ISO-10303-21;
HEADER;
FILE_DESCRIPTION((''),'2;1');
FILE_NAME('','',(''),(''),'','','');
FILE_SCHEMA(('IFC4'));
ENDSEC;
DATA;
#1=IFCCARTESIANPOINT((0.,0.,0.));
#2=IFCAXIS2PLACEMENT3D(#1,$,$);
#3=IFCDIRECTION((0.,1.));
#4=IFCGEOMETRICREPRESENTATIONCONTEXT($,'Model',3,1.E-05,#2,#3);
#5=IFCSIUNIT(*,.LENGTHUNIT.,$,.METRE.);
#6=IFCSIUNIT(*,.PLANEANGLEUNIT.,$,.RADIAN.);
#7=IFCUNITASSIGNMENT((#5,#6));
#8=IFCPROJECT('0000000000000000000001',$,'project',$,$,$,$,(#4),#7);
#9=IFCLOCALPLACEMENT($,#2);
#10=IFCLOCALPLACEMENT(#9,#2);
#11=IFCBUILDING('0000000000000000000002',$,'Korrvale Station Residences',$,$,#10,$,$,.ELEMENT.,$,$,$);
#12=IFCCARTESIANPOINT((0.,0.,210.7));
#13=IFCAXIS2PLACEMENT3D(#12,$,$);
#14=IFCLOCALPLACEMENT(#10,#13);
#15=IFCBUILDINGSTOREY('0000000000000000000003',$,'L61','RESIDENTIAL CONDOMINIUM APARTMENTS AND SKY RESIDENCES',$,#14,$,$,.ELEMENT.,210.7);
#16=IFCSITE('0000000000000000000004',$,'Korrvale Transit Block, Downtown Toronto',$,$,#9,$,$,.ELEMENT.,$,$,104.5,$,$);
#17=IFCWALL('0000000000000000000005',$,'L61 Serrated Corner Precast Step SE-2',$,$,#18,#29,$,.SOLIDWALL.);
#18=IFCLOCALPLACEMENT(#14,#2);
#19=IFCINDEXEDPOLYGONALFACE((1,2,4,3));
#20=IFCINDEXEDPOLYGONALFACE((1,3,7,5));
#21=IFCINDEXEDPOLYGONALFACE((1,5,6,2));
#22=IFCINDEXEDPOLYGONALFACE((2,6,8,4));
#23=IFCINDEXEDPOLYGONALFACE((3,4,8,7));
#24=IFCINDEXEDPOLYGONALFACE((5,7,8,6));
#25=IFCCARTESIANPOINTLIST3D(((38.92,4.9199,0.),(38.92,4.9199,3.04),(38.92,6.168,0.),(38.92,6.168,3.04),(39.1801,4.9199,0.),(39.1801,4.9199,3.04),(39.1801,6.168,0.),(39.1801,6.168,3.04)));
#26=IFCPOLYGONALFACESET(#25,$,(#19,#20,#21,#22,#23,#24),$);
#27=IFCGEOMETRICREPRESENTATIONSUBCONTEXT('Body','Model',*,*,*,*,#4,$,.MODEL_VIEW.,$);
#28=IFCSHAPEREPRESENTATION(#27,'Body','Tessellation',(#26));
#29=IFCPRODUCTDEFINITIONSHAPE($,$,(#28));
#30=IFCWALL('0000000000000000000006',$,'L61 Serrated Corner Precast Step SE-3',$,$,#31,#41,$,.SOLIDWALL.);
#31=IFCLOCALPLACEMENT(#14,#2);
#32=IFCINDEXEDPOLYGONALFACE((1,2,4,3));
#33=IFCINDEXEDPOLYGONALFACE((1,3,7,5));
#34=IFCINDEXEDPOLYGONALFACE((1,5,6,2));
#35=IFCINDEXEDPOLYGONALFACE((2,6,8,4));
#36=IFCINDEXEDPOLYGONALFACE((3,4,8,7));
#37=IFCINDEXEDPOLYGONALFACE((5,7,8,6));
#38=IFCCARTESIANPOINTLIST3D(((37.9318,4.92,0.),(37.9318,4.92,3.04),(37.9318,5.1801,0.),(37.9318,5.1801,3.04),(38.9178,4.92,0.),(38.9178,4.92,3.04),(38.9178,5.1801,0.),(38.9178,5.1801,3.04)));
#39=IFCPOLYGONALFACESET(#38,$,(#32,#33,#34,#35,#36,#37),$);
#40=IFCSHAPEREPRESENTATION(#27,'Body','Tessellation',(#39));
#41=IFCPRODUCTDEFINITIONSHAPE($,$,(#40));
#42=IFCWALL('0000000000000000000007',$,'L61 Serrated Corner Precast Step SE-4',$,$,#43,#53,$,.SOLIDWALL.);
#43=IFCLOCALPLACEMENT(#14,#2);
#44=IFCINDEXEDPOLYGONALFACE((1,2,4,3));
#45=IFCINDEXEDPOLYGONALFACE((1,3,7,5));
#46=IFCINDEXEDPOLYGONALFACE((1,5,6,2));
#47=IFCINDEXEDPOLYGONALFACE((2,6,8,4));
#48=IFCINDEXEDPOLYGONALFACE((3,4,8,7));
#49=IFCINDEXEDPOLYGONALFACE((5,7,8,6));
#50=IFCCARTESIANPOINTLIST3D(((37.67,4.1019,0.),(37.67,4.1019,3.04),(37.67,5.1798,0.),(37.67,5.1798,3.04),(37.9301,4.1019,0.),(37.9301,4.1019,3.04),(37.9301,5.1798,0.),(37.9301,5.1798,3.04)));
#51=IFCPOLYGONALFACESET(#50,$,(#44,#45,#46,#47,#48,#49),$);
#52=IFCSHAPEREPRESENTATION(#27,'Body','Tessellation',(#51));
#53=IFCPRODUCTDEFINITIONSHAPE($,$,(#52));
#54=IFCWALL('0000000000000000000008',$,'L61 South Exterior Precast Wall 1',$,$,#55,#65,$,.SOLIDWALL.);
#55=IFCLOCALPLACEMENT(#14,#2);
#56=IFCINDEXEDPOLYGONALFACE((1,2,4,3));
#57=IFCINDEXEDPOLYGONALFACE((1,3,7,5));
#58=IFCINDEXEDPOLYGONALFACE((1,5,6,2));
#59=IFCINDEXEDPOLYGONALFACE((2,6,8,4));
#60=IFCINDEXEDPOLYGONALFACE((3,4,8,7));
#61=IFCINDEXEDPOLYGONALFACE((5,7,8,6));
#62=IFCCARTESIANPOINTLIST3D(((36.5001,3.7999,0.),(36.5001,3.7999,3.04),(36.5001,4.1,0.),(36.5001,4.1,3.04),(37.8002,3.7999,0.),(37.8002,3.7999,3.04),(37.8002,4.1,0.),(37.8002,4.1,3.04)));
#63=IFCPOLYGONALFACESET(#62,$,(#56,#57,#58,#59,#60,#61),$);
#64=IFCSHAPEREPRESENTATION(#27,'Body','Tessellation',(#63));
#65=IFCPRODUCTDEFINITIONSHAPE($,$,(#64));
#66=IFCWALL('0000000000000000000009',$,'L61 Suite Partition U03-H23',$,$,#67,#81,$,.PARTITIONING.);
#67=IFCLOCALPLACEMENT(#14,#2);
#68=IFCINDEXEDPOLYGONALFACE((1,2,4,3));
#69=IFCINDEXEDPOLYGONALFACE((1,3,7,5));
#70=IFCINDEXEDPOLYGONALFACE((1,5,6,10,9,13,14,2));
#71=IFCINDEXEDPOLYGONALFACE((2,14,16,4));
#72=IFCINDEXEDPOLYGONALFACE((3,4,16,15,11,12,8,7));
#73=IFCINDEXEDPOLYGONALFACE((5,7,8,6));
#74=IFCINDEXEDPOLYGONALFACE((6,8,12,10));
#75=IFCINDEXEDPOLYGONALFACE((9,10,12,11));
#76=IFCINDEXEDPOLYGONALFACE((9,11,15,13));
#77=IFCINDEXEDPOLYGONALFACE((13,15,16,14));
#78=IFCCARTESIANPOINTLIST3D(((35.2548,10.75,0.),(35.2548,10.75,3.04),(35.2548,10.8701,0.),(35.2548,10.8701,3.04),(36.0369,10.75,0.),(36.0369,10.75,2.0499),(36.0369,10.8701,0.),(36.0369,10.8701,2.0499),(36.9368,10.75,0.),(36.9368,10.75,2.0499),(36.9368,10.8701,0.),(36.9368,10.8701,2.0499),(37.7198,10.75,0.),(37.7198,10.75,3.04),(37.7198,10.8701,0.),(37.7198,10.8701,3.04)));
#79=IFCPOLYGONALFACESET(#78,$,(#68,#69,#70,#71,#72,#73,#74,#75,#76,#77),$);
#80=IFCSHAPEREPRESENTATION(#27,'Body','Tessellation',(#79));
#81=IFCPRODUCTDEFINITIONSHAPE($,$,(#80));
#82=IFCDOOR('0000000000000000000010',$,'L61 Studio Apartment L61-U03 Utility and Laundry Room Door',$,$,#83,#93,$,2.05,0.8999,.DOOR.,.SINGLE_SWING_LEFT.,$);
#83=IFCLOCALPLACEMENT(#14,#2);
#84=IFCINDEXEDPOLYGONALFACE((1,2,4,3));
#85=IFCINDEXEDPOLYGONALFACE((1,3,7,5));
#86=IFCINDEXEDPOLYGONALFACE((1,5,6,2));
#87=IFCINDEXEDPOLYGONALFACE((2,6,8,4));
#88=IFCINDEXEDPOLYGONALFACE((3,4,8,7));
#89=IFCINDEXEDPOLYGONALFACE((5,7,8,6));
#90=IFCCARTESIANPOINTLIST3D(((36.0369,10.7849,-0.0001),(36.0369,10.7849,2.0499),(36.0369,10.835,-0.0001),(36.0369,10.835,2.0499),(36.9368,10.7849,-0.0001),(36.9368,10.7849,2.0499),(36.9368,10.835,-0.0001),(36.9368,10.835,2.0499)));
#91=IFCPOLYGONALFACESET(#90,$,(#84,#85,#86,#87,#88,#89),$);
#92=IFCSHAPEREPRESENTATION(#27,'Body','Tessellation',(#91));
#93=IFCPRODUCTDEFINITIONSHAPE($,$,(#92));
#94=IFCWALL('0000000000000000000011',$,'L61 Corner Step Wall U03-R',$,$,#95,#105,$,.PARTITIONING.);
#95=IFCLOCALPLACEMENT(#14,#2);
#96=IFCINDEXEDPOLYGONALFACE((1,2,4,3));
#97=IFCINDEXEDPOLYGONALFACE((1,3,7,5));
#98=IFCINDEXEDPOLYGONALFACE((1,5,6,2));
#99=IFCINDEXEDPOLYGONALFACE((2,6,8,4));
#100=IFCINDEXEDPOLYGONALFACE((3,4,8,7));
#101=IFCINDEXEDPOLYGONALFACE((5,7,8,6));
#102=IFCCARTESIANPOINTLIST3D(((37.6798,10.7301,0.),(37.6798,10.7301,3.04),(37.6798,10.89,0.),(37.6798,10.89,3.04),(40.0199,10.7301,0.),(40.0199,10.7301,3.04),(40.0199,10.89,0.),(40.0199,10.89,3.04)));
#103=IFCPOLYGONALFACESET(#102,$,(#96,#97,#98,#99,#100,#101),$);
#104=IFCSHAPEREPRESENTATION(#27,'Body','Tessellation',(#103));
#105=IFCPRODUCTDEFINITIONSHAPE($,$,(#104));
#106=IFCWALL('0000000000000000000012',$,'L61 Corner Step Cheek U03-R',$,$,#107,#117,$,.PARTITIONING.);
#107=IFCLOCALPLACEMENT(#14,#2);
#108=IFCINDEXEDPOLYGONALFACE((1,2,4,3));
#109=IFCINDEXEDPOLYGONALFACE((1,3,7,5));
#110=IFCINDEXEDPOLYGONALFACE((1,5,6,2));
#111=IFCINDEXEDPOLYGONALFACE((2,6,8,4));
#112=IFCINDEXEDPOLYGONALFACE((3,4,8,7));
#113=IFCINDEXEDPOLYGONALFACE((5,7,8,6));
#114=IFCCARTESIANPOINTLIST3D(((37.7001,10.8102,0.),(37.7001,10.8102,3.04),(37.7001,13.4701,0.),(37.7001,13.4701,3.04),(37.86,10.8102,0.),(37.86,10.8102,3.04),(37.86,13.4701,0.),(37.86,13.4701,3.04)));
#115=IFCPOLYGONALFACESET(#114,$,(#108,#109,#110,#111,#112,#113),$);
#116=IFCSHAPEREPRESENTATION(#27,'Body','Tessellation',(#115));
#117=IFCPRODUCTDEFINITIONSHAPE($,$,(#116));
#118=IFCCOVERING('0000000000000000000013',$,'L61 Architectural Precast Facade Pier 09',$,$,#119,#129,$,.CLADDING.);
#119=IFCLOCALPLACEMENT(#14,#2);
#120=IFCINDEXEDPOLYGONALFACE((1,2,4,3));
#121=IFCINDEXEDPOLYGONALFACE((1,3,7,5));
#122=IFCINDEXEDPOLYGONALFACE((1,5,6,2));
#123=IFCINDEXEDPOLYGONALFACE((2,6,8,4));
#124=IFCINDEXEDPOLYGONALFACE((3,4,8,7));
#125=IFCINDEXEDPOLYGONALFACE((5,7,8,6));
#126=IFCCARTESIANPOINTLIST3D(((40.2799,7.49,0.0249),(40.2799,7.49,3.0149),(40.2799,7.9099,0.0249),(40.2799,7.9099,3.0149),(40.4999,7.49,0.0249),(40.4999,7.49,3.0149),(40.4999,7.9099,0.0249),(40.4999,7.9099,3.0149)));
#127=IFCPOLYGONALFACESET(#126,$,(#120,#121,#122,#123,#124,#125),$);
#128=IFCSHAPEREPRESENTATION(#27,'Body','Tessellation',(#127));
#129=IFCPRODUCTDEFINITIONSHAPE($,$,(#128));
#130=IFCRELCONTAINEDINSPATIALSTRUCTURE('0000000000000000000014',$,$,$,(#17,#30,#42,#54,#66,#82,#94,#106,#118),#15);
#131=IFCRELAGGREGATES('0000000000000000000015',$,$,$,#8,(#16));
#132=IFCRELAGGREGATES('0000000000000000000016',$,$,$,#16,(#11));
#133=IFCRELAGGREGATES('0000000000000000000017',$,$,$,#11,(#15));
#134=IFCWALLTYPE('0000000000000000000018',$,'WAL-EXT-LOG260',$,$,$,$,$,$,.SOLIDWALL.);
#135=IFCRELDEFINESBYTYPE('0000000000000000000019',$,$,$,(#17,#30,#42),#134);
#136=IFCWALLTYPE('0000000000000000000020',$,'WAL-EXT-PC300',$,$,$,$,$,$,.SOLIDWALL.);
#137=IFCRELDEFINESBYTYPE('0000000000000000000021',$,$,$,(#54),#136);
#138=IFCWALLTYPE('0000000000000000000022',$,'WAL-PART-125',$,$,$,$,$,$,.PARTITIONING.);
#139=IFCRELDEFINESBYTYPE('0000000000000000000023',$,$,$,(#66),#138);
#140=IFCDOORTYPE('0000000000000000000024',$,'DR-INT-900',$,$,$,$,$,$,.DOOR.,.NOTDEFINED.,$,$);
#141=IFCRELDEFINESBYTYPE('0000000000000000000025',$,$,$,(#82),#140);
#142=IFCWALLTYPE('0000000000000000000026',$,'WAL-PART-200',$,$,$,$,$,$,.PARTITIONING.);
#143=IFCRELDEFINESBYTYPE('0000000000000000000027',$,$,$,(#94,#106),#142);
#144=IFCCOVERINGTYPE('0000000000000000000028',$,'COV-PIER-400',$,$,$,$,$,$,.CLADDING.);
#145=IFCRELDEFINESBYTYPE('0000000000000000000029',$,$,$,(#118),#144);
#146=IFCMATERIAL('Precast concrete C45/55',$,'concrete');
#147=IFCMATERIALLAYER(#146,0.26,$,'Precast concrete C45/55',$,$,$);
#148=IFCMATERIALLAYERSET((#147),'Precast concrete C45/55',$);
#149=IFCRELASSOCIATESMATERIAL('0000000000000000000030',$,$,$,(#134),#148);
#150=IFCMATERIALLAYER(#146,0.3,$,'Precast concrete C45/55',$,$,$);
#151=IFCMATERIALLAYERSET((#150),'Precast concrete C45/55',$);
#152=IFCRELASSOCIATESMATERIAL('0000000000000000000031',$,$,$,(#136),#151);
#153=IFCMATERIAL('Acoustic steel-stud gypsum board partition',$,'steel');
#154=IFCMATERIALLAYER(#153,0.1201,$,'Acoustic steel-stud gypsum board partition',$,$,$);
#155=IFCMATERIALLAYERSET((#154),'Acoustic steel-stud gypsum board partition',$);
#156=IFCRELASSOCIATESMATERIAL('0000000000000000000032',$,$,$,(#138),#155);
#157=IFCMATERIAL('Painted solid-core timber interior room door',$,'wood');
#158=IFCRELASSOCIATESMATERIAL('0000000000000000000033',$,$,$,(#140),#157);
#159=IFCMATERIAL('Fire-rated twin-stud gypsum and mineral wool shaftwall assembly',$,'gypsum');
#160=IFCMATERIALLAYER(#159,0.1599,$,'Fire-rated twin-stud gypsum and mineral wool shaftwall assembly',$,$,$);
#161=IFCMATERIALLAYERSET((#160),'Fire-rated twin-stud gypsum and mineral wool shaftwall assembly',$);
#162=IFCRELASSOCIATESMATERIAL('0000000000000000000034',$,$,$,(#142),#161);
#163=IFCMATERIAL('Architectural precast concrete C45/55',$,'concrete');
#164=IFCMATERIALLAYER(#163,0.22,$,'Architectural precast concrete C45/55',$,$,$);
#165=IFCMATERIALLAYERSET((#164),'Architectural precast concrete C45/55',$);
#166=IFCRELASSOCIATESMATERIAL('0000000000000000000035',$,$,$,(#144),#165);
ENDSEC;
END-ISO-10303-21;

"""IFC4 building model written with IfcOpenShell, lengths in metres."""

from ifc_helpers import new_model, si_unit, direction, frame, frame_2d, origin, origin_2d, place, context, subcontext, project, spatial, rectangle, extrude, material, layer, layer_set, type_object, element, fill, save


model = new_model("IFC4")

# Units and contexts
model_context = context("Model", 3, precision=1e-05, world=origin(), true_north=direction((0.0, 1.0)))
body_context = subcontext(model_context, "Body", "Model", "MODEL_VIEW")
ifc_project = project(units=[si_unit("LENGTHUNIT", "METRE"), si_unit("PLANEANGLEUNIT", "RADIAN")], contexts=[model_context])

# Site, building, storey
site_placement = place(None, origin())
site = spatial("IfcSite", under=ifc_project, at=site_placement, Name="Korrvale Transit Block, Downtown Toronto", CompositionType="ELEMENT", RefElevation=104.5)
building_placement = place(site_placement, origin())
building = spatial("IfcBuilding", under=site, at=building_placement, Name="Korrvale Station Residences", CompositionType="ELEMENT")
storey_placement = place(building_placement, frame((0.0, 0.0, 210.7)))
storey = spatial("IfcBuildingStorey", under=building, at=storey_placement, Name="L61", Description="RESIDENTIAL CONDOMINIUM APARTMENTS AND SKY RESIDENCES", CompositionType="ELEMENT", Elevation=210.7)

# Shared definitions
ifc_material_1 = material(Name="Precast concrete C45/55", Category="concrete")
ifc_layer_1 = layer(ifc_material_1, 0.26, Name="Precast concrete C45/55")
ifc_layer_set_1 = layer_set([ifc_layer_1], Name="Precast concrete C45/55")
wall_type_1 = type_object("IfcWallType", Name="WAL-EXT-LOG260", PredefinedType="SOLIDWALL", material=ifc_layer_set_1)

# Walls
wall_1_placement = place(storey_placement, frame((39.05, 6.168, 0.0), z_axis=(0.0, 0.0, 1.0), x_axis=(0.0, -1.0, 0.0)))
element("IfcWall", 1, at=wall_1_placement, inside=storey, type_object=wall_type_1, Name="L61 Serrated Corner Precast Step SE-2", PredefinedType="SOLIDWALL", context=body_context, shape_type="SweptSolid", body=[
    extrude(rectangle(XDim=1.248, YDim=0.26, at=frame_2d((0.624, 0.0))), origin(), (0.0, 0.0, 1.0), 3.04),
])
wall_2_placement = place(storey_placement, frame((38.918, 5.05, 0.0), z_axis=(0.0, 0.0, 1.0), x_axis=(-1.0, 0.0, 0.0)))
element("IfcWall", 2, at=wall_2_placement, inside=storey, type_object=wall_type_1, Name="L61 Serrated Corner Precast Step SE-3", PredefinedType="SOLIDWALL", context=body_context, shape_type="SweptSolid", body=[
    extrude(rectangle(XDim=0.9861, YDim=0.26, at=frame_2d((0.4932, 0.0))), origin(), (0.0, 0.0, 1.0), 3.04),
])
wall_3_placement = place(storey_placement, frame((37.8, 5.1799, 0.0), z_axis=(0.0, 0.0, 1.0), x_axis=(0.0, -1.0, 0.0)))
element("IfcWall", 3, at=wall_3_placement, inside=storey, type_object=wall_type_1, Name="L61 Serrated Corner Precast Step SE-4", PredefinedType="SOLIDWALL", context=body_context, shape_type="SweptSolid", body=[
    extrude(rectangle(XDim=1.0779, YDim=0.26, at=frame_2d((0.5391, 0.0))), origin(), (0.0, 0.0, 1.0), 3.04),
])
ifc_layer_2 = layer(ifc_material_1, 0.3, Name="Precast concrete C45/55")
ifc_layer_set_2 = layer_set([ifc_layer_2], Name="Precast concrete C45/55")
wall_type_2 = type_object("IfcWallType", Name="WAL-EXT-PC300", PredefinedType="SOLIDWALL", material=ifc_layer_set_2)
wall_4_placement = place(storey_placement, frame((37.8, 3.95, 0.0), z_axis=(0.0, 0.0, 1.0), x_axis=(-1.0, 0.0, 0.0)))
element("IfcWall", 4, at=wall_4_placement, inside=storey, type_object=wall_type_2, Name="L61 South Exterior Precast Wall 1", PredefinedType="SOLIDWALL", context=body_context, shape_type="SweptSolid", body=[
    extrude(rectangle(XDim=1.3, YDim=0.3, at=frame_2d((0.6499, 0.0))), origin(), (0.0, 0.0, 1.0), 3.04),
])

# Wall, opening, door
ifc_material_2 = material(Name="Acoustic steel-stud gypsum board partition", Category="steel")
ifc_layer_3 = layer(ifc_material_2, 0.1201, Name="Acoustic steel-stud gypsum board partition")
ifc_layer_set_3 = layer_set([ifc_layer_3], Name="Acoustic steel-stud gypsum board partition")
wall_type_3 = type_object("IfcWallType", Name="WAL-PART-125", PredefinedType="PARTITIONING", material=ifc_layer_set_3)
wall_5_placement = place(storey_placement, frame((35.2549, 10.8101, 0.0), z_axis=(0.0, 0.0, 1.0), x_axis=(1.0, 0.0, 0.0)))
wall_5 = element("IfcWall", 5, at=wall_5_placement, inside=storey, type_object=wall_type_3, Name="L61 Suite Partition U03-H23", PredefinedType="PARTITIONING", context=body_context, shape_type="SweptSolid", body=[
    extrude(rectangle(XDim=2.4651, YDim=0.1201, at=frame_2d((1.2324, 0.0))), origin(), (0.0, 0.0, 1.0), 3.04),
])
opening_1_placement = place(wall_5_placement, frame((0.782, 0.0, 0.0)))
opening_1 = element("IfcOpeningElement", 6, at=opening_1_placement, cuts=wall_5, PredefinedType="OPENING", context=body_context, shape_type="SweptSolid", body=[
    extrude(rectangle(XDim=0.8999, YDim=2.05, at=frame_2d((0.45, 1.0249))), frame((0.0, 0.0701, 0.0), z_axis=(0.0, -1.0, 0.0), x_axis=(1.0, 0.0, 0.0)), (0.0, 0.0, 1.0), 0.1401),
])
ifc_material_3 = material(Name="Painted solid-core timber interior room door", Category="wood")
door_type_1 = type_object("IfcDoorType", Name="DR-INT-900", OperationType="NOTDEFINED", PredefinedType="DOOR", material=ifc_material_3)
door_1_placement = place(opening_1_placement, origin())
door_1 = element("IfcDoor", 7, at=door_1_placement, inside=storey, type_object=door_type_1, Name="L61 Studio Apartment L61-U03 Utility and Laundry Room Door", OperationType="SINGLE_SWING_LEFT", OverallHeight=2.05, OverallWidth=0.8999, PredefinedType="DOOR", context=body_context, shape_type="SweptSolid", body=[
    extrude(rectangle(XDim=0.8999, YDim=2.05, at=frame_2d((0.45, 1.0249))), frame((0.0, 0.0249, 0.0), z_axis=(0.0, -1.0, 0.0), x_axis=(1.0, 0.0, 0.0)), (0.0, 0.0, 1.0), 0.05),
])
fill(opening_1, door_1)

# Walls
ifc_material_4 = material(Name="Fire-rated twin-stud gypsum and mineral wool shaftwall assembly", Category="gypsum")
ifc_layer_4 = layer(ifc_material_4, 0.1599, Name="Fire-rated twin-stud gypsum and mineral wool shaftwall assembly")
ifc_layer_set_4 = layer_set([ifc_layer_4], Name="Fire-rated twin-stud gypsum and mineral wool shaftwall assembly")
wall_type_4 = type_object("IfcWallType", Name="WAL-PART-200", PredefinedType="PARTITIONING", material=ifc_layer_set_4)
wall_6_placement = place(storey_placement, frame((37.6799, 10.8101, 0.0), z_axis=(0.0, 0.0, 1.0), x_axis=(1.0, 0.0, 0.0)))
element("IfcWall", 8, at=wall_6_placement, inside=storey, type_object=wall_type_4, Name="L61 Corner Step Wall U03-R", PredefinedType="PARTITIONING", context=body_context, shape_type="SweptSolid", body=[
    extrude(rectangle(XDim=2.3401, YDim=0.1599, at=frame_2d((1.1699, 0.0))), origin(), (0.0, 0.0, 1.0), 3.04),
])
wall_7_placement = place(storey_placement, frame((37.78, 10.8101, 0.0), z_axis=(0.0, 0.0, 1.0), x_axis=(0.0, 1.0, 0.0)))
element("IfcWall", 9, at=wall_7_placement, inside=storey, type_object=wall_type_4, Name="L61 Corner Step Cheek U03-R", PredefinedType="PARTITIONING", context=body_context, shape_type="SweptSolid", body=[
    extrude(rectangle(XDim=2.6599, YDim=0.1599, at=frame_2d((1.3301, 0.0))), origin(), (0.0, 0.0, 1.0), 3.04),
])

# Covering
ifc_material_5 = material(Name="Architectural precast concrete C45/55", Category="concrete")
ifc_layer_5 = layer(ifc_material_5, 0.22, Name="Architectural precast concrete C45/55")
ifc_layer_set_5 = layer_set([ifc_layer_5], Name="Architectural precast concrete C45/55")
covering_type = type_object("IfcCoveringType", Name="COV-PIER-400", PredefinedType="CLADDING", material=ifc_layer_set_5)
covering_placement = place(storey_placement, frame((40.3899, 7.7, 0.0249), z_axis=(0.0, 0.0, 1.0), x_axis=(0.0, 1.0, 0.0)))
element("IfcCovering", 10, at=covering_placement, inside=storey, type_object=covering_type, Name="L61 Architectural Precast Facade Pier 09", PredefinedType="CLADDING", context=body_context, shape_type="SweptSolid", body=[
    extrude(rectangle(XDim=0.4199, YDim=0.22, at=origin_2d()), origin(), (0.0, 0.0, 1.0), 2.99),
])

save(model, "model.ifc")
